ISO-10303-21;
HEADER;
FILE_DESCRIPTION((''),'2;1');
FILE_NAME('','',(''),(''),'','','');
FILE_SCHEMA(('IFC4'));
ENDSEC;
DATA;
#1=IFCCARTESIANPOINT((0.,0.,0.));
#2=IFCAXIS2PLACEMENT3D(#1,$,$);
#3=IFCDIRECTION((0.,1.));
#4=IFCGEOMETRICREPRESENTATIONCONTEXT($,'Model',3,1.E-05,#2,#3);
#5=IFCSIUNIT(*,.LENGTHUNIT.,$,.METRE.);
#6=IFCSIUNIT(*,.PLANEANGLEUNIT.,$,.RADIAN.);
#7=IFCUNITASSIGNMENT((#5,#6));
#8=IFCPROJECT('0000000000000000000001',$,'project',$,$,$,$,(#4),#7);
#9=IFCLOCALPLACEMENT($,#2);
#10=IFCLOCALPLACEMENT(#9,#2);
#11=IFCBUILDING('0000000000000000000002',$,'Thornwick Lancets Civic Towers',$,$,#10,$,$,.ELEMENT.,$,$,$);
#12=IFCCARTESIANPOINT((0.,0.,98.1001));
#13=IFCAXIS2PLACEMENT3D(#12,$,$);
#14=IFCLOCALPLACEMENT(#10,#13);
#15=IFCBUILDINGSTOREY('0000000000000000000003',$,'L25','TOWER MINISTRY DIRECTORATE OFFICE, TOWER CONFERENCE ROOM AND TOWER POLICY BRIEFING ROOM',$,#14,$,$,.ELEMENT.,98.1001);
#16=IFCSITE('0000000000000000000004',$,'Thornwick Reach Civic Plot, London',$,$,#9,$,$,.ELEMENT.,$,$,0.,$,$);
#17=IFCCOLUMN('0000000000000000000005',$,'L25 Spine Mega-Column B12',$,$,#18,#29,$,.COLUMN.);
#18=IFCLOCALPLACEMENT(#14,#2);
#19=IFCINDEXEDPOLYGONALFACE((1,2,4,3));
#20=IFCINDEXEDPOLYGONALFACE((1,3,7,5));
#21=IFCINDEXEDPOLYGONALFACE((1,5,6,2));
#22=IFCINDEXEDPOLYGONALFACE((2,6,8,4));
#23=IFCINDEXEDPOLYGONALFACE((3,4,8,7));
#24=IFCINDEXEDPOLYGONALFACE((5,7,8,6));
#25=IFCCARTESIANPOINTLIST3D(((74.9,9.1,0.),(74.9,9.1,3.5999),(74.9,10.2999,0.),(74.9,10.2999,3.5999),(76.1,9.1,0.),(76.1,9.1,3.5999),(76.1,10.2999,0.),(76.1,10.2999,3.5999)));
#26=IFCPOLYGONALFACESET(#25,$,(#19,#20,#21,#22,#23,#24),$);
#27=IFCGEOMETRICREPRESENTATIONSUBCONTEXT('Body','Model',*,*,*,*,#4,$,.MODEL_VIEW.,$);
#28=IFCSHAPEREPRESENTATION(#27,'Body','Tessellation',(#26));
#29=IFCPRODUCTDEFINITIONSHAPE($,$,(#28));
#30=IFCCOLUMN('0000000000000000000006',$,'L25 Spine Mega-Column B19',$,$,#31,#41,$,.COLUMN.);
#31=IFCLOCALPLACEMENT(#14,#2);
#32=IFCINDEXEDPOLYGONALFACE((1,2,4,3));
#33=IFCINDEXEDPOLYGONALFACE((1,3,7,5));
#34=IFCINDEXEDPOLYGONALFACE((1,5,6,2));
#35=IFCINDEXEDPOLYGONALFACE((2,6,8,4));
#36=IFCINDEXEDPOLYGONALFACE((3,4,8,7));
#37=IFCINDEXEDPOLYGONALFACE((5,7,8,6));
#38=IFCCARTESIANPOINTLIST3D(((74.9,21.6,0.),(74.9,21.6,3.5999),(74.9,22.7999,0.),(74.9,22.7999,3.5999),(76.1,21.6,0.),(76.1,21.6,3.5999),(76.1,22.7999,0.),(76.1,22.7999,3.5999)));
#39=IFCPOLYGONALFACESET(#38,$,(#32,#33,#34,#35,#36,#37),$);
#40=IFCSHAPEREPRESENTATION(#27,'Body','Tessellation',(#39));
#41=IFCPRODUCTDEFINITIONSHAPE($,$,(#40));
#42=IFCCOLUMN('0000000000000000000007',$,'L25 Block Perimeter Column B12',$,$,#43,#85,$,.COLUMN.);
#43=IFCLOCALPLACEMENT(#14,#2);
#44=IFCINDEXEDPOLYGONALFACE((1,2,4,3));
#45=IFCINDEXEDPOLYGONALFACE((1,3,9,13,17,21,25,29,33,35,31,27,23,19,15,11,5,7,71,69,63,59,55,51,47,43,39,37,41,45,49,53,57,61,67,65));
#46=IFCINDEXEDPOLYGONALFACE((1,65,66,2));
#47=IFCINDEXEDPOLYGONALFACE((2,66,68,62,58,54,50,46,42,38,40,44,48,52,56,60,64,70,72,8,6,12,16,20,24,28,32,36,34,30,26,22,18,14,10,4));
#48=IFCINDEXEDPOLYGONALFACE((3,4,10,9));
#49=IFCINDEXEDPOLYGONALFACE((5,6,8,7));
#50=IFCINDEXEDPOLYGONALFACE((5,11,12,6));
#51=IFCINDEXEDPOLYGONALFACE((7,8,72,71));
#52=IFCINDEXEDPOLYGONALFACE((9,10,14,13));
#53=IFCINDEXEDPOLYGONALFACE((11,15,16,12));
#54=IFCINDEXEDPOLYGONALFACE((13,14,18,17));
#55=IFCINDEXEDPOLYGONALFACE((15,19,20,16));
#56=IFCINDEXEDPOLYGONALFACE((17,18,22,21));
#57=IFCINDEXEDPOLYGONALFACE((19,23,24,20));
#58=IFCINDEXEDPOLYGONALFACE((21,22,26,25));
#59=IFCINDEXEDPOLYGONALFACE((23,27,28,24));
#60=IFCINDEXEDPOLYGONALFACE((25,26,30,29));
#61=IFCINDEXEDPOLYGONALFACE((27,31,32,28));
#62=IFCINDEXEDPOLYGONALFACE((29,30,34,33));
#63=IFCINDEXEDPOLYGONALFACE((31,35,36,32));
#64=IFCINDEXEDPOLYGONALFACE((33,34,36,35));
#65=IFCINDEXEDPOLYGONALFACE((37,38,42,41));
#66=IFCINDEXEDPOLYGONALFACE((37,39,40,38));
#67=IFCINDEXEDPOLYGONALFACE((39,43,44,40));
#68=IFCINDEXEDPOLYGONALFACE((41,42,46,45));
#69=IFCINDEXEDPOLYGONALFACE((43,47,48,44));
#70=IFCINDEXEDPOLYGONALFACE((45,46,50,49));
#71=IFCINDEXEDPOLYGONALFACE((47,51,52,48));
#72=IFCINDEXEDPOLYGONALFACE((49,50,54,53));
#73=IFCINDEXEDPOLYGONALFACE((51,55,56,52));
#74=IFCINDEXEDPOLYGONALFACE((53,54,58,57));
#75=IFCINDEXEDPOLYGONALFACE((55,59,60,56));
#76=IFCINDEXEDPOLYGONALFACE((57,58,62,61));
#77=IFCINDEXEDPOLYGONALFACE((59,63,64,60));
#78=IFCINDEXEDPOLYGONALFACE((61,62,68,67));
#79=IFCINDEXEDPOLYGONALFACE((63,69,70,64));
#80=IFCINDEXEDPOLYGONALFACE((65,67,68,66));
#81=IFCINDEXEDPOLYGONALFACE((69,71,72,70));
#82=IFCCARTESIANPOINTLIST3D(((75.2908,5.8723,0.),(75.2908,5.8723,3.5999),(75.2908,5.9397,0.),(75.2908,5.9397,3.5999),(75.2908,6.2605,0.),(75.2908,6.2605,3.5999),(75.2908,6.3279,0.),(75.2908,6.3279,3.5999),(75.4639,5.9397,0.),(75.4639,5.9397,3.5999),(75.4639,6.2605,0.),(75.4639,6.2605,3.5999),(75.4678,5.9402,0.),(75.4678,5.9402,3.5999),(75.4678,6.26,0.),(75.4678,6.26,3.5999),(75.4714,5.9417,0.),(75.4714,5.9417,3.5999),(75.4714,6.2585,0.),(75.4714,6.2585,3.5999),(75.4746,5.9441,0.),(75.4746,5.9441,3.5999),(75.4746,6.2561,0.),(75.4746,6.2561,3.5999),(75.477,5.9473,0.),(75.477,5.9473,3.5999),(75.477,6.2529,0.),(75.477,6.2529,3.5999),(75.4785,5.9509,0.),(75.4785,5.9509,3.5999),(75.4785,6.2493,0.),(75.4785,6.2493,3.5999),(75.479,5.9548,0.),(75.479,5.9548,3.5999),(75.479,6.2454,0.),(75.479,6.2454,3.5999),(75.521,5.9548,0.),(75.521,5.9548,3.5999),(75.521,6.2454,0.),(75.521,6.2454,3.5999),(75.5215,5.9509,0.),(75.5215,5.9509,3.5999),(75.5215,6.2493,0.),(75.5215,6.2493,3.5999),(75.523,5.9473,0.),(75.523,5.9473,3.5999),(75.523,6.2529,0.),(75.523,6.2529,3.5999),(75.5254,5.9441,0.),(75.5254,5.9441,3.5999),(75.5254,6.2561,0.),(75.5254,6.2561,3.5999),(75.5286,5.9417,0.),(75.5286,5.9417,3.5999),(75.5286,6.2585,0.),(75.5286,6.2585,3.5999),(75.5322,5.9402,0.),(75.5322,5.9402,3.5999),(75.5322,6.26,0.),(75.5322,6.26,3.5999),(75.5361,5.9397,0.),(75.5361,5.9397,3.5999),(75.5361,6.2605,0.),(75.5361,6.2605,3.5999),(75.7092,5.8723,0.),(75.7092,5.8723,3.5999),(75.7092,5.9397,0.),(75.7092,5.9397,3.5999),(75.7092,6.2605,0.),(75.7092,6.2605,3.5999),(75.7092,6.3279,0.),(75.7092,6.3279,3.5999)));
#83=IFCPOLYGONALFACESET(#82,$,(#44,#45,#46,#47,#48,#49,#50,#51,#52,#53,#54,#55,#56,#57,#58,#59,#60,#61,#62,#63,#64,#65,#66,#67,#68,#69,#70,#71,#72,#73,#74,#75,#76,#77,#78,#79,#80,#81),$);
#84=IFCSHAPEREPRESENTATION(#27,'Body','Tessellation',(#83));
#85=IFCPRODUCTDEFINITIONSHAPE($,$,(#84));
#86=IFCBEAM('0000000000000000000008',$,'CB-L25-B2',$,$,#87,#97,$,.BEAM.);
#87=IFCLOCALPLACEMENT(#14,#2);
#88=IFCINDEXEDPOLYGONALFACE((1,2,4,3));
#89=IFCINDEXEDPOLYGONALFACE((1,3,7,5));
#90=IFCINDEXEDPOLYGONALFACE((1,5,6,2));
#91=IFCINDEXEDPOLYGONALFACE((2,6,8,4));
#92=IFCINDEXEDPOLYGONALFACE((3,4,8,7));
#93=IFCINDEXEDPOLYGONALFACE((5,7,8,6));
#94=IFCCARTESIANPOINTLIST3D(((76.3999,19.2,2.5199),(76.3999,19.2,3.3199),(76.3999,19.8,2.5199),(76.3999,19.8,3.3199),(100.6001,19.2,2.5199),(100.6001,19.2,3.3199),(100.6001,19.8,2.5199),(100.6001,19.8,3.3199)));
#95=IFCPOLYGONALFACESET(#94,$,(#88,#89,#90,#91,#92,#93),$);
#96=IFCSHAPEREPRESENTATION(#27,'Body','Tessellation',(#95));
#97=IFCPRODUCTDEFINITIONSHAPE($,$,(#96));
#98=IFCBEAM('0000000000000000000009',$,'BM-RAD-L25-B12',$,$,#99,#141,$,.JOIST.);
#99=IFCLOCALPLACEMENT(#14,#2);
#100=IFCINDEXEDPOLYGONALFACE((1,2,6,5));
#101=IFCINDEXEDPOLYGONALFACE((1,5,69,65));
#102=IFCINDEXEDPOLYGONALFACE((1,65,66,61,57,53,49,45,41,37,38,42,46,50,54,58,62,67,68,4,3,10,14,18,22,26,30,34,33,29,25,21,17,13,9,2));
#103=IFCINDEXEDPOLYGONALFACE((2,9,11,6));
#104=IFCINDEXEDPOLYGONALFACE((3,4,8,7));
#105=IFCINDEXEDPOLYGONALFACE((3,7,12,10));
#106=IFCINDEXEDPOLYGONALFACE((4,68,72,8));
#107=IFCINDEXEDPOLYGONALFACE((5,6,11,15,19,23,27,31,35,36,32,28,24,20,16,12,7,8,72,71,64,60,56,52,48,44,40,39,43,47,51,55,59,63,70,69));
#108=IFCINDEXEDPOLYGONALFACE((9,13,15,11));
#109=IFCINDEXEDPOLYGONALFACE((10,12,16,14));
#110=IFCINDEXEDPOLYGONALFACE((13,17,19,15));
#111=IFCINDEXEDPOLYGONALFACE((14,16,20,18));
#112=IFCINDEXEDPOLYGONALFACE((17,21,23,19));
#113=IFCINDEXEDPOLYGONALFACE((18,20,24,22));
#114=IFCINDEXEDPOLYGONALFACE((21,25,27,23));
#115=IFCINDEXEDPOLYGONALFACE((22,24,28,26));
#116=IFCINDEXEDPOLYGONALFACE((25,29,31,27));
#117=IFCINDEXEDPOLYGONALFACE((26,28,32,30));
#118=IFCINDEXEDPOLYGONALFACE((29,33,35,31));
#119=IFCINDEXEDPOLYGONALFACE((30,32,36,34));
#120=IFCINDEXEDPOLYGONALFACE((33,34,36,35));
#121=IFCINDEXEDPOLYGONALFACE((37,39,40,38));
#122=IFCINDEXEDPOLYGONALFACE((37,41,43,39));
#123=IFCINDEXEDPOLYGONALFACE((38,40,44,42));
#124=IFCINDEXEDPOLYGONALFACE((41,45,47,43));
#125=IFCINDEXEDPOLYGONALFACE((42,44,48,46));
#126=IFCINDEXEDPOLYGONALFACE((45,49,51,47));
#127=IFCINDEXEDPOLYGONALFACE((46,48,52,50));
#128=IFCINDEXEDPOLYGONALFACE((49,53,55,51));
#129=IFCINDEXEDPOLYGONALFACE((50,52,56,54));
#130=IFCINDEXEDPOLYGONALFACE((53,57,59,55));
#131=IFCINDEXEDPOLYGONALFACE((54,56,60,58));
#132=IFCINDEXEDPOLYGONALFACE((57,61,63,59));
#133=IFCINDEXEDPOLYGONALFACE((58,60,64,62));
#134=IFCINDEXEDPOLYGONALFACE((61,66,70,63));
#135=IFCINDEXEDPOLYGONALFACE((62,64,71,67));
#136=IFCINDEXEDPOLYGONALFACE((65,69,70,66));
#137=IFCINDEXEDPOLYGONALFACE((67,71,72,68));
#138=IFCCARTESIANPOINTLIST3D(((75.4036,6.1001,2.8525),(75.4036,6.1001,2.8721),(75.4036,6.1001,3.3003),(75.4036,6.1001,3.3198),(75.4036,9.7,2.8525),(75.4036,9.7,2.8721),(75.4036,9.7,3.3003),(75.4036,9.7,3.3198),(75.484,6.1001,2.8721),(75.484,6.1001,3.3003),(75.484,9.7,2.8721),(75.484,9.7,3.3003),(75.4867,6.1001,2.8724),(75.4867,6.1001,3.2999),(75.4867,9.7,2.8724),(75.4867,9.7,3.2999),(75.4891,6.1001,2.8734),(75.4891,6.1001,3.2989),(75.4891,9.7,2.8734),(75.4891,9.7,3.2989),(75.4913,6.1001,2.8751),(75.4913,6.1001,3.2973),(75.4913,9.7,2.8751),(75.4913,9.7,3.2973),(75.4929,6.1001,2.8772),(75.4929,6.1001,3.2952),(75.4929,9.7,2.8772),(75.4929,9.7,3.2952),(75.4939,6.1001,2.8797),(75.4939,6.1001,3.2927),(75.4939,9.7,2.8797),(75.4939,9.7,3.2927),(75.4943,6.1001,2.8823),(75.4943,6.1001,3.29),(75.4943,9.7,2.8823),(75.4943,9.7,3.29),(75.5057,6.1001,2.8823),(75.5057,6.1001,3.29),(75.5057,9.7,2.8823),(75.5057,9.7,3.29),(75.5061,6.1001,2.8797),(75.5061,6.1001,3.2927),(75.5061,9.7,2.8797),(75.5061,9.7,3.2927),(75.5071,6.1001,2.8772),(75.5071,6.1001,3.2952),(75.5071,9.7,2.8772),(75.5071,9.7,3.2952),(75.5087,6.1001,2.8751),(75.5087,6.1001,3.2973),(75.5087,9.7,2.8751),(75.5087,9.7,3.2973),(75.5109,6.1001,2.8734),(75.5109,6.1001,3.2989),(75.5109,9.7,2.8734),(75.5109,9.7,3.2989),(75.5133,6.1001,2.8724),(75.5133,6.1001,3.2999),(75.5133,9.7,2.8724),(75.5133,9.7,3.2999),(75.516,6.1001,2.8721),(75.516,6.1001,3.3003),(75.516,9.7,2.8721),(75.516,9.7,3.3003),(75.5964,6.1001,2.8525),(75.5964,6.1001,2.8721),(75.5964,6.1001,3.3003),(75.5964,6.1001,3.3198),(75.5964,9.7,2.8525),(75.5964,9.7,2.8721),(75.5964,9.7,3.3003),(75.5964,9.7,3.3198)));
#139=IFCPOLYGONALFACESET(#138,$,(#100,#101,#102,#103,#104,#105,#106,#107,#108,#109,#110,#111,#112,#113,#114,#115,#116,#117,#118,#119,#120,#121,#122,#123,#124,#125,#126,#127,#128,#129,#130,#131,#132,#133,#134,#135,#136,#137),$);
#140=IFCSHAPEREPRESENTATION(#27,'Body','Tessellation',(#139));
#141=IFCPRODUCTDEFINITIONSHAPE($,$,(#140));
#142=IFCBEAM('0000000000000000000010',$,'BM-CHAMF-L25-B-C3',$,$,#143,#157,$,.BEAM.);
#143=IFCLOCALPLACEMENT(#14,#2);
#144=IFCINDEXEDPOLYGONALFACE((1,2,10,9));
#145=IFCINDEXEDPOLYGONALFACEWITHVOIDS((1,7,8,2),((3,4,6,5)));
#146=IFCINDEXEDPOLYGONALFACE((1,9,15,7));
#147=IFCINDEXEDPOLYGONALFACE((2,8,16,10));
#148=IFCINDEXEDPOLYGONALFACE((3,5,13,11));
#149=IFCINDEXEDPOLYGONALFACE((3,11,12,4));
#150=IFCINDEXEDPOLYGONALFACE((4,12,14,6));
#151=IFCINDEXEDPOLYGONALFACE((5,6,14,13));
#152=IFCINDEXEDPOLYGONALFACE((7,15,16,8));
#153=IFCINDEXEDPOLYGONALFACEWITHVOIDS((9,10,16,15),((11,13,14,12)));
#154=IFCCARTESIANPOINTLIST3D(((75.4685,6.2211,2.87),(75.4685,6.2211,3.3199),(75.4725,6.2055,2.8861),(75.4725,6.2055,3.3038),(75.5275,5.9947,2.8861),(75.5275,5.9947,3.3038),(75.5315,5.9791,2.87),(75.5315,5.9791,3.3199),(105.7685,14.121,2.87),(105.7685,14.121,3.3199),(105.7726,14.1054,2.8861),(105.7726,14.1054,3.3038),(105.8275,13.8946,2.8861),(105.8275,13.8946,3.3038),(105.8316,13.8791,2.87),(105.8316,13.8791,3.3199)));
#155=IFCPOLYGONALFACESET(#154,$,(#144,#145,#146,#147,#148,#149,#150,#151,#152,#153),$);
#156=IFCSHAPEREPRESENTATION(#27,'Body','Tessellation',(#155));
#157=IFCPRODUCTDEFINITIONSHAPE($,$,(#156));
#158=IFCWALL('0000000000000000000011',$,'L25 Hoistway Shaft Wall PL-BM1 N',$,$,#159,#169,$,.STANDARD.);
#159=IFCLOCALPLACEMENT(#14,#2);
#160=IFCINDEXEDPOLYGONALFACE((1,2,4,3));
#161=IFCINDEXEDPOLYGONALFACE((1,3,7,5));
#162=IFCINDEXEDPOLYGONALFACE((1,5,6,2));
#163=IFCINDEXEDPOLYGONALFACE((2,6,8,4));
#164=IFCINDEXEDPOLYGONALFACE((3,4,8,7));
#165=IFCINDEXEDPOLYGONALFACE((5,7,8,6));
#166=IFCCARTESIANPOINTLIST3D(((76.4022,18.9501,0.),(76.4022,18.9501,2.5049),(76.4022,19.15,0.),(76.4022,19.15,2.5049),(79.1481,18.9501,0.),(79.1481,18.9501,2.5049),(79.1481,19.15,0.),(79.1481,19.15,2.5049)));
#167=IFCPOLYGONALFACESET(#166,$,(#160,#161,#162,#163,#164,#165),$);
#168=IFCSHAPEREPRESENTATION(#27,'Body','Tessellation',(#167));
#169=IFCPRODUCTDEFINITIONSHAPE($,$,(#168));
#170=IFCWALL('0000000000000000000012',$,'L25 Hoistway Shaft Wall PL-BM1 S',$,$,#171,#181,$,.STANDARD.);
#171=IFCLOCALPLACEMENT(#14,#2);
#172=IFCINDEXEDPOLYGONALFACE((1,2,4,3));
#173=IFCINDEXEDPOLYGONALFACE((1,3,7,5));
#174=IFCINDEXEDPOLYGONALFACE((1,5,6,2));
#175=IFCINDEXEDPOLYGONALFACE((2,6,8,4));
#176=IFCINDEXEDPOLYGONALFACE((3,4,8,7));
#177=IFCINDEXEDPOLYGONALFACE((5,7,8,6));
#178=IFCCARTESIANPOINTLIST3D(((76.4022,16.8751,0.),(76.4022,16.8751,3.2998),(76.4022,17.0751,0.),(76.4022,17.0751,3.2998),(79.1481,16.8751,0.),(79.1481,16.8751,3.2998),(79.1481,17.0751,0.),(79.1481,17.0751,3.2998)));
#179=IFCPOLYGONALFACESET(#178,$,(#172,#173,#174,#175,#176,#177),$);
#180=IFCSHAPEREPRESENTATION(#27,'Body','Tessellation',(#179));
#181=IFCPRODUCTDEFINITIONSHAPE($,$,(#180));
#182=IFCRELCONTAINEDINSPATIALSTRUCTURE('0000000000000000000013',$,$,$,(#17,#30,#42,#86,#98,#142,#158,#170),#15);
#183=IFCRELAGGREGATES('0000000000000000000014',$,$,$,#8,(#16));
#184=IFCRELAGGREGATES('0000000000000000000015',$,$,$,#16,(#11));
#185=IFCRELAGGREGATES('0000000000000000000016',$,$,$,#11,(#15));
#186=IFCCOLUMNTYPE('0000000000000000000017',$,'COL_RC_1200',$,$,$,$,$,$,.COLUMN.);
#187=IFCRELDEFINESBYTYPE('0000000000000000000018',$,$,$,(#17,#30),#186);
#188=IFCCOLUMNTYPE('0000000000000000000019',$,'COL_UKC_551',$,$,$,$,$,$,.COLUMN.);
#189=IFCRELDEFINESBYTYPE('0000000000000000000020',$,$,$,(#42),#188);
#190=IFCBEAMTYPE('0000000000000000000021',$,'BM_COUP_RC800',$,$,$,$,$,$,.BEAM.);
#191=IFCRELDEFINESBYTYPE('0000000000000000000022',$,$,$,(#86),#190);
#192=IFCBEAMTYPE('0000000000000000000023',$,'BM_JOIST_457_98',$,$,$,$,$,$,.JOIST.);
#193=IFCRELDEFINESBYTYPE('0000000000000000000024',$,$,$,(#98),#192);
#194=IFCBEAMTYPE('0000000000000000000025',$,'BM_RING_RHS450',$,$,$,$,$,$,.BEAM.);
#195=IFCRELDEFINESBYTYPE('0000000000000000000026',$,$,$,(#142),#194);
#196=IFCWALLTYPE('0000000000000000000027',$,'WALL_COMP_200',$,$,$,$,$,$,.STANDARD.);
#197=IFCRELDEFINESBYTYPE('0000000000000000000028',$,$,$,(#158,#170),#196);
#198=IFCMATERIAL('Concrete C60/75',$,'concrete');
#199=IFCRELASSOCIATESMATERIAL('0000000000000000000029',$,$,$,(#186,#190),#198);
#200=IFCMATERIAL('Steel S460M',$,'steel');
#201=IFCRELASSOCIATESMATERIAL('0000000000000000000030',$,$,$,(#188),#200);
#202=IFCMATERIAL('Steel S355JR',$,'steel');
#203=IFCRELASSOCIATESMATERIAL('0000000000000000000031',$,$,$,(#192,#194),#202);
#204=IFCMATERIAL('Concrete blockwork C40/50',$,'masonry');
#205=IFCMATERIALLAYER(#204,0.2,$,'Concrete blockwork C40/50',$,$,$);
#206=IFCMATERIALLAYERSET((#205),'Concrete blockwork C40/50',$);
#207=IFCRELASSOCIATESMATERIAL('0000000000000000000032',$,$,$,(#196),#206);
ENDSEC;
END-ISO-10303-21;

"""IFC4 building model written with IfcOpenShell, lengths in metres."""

from ifc_helpers import new_model, si_unit, direction, frame, frame_2d, origin, origin_2d, place, context, subcontext, project, spatial, rectangle, hollow_rectangle, i_section, extrude, material, layer, layer_set, material_profile, profile_set, type_object, element, save


model = new_model("IFC4")

# Units and contexts
model_context = context("Model", 3, precision=1e-05, world=origin(), true_north=direction((0.0, 1.0)))
body_context = subcontext(model_context, "Body", "Model", "MODEL_VIEW")
ifc_project = project(units=[si_unit("LENGTHUNIT", "METRE"), si_unit("PLANEANGLEUNIT", "RADIAN")], contexts=[model_context])

# Site, building, storey
site_placement = place(None, origin())
site = spatial("IfcSite", under=ifc_project, at=site_placement, Name="Thornwick Reach Civic Plot, London", CompositionType="ELEMENT", RefElevation=0.0)
building_placement = place(site_placement, origin())
building = spatial("IfcBuilding", under=site, at=building_placement, Name="Thornwick Lancets Civic Towers", CompositionType="ELEMENT")
storey_placement = place(building_placement, frame((0.0, 0.0, 98.1001)))
storey = spatial("IfcBuildingStorey", under=building, at=storey_placement, Name="L25", Description="TOWER MINISTRY DIRECTORATE OFFICE, TOWER CONFERENCE ROOM AND TOWER POLICY BRIEFING ROOM", CompositionType="ELEMENT", Elevation=98.1001)

# Columns
ifc_material_1 = material(Name="Concrete C60/75", Category="concrete")
ifc_material_profile_1 = material_profile(ifc_material_1, rectangle(XDim=1.2, YDim=1.2, at=origin_2d()), Name="RC 1200x1200")
ifc_profile_set_1 = profile_set([ifc_material_profile_1], Name="Concrete C60/75")
column_type_1 = type_object("IfcColumnType", Name="COL_RC_1200", PredefinedType="COLUMN", material=ifc_profile_set_1)
for number, where, z_axis, x_axis, name in (
    (1, (75.5, 9.7, 0.0), (0.0, 0.0, 1.0), (1.0, 0.0, 0.0), "L25 Spine Mega-Column B12"),
    (2, (75.5, 22.2, 0.0), (0.0, 0.0, 1.0), (1.0, 0.0, 0.0), "L25 Spine Mega-Column B19"),
):
    element("IfcColumn", number, at=place(storey_placement, frame(where, z_axis=z_axis, x_axis=x_axis)), inside=storey, type_object=column_type_1, Name=name, PredefinedType="COLUMN", context=body_context, shape_type="SweptSolid", body=[
        extrude(rectangle(XDim=1.2, YDim=1.2, at=origin_2d()), origin(), (0.0, 0.0, 1.0), 3.5999),
    ])
ifc_material_2 = material(Name="Steel S460M", Category="steel")
ifc_material_profile_2 = material_profile(ifc_material_2, i_section(OverallWidth=0.4185, OverallDepth=0.4556, WebThickness=0.042, FlangeThickness=0.0674, FilletRadius=0.0151, at=origin_2d()), Name="UKC 356x406x551")
ifc_profile_set_2 = profile_set([ifc_material_profile_2], Name="Steel S460M")
column_type_2 = type_object("IfcColumnType", Name="COL_UKC_551", PredefinedType="COLUMN", material=ifc_profile_set_2)
column_placement = place(storey_placement, frame((75.5, 6.1001, 0.0), z_axis=(0.0, 0.0, 1.0), x_axis=(1.0, 0.0, 0.0)))
element("IfcColumn", 3, at=column_placement, inside=storey, type_object=column_type_2, Name="L25 Block Perimeter Column B12", PredefinedType="COLUMN", context=body_context, shape_type="SweptSolid", body=[
    extrude(i_section(OverallWidth=0.4185, OverallDepth=0.4556, WebThickness=0.042, FlangeThickness=0.0674, FilletRadius=0.0151, at=origin_2d()), origin(), (0.0, 0.0, 1.0), 3.5999),
])

# Beams
ifc_material_profile_3 = material_profile(ifc_material_1, rectangle(XDim=0.6001, YDim=0.8, at=origin_2d()), Name="RC 600x800")
ifc_profile_set_3 = profile_set([ifc_material_profile_3], Name="Concrete C60/75")
beam_type_1 = type_object("IfcBeamType", Name="BM_COUP_RC800", PredefinedType="BEAM", material=ifc_profile_set_3)
beam_1_placement = place(storey_placement, frame((76.3999, 19.5, 2.9199), z_axis=(1.0, 0.0, 0.0), x_axis=(0.0, 1.0, 0.0)))
element("IfcBeam", 4, at=beam_1_placement, inside=storey, type_object=beam_type_1, Name="CB-L25-B2", PredefinedType="BEAM", context=body_context, shape_type="SweptSolid", body=[
    extrude(rectangle(XDim=0.6001, YDim=0.8, at=origin_2d()), origin(), (0.0, 0.0, 1.0), 24.2002),
])
ifc_material_3 = material(Name="Steel S355JR", Category="steel")
ifc_material_profile_4 = material_profile(ifc_material_3, i_section(OverallWidth=0.1929, OverallDepth=0.4673, WebThickness=0.0115, FlangeThickness=0.0195, FilletRadius=0.0103, at=origin_2d()), Name="UKB 457x191x98")
ifc_profile_set_4 = profile_set([ifc_material_profile_4], Name="Steel S355JR")
beam_type_2 = type_object("IfcBeamType", Name="BM_JOIST_457_98", PredefinedType="JOIST", material=ifc_profile_set_4)
beam_2_placement = place(storey_placement, frame((75.5, 9.7, 3.0862), z_axis=(0.0, -1.0, 0.0), x_axis=(1.0, 0.0, 0.0)))
element("IfcBeam", 5, at=beam_2_placement, inside=storey, type_object=beam_type_2, Name="BM-RAD-L25-B12", PredefinedType="JOIST", context=body_context, shape_type="SweptSolid", body=[
    extrude(i_section(OverallWidth=0.1929, OverallDepth=0.4673, WebThickness=0.0115, FlangeThickness=0.0195, FilletRadius=0.0103, at=origin_2d()), origin(), (0.0, 0.0, 1.0), 3.5999),
])
ifc_material_profile_5 = material_profile(ifc_material_3, hollow_rectangle(XDim=0.25, YDim=0.45, WallThickness=0.0161, at=origin_2d()), Name="RHS 450x250x16")
ifc_profile_set_5 = profile_set([ifc_material_profile_5], Name="Steel S355JR")
beam_type_3 = type_object("IfcBeamType", Name="BM_RING_RHS450", PredefinedType="BEAM", material=ifc_profile_set_5)
beam_3_placement = place(storey_placement, frame((75.5, 6.1001, 3.095), z_axis=(0.967652, 0.252289, 0.0), x_axis=(-0.252289, 0.967652, 0.0)))
element("IfcBeam", 6, at=beam_3_placement, inside=storey, type_object=beam_type_3, Name="BM-CHAMF-L25-B-C3", PredefinedType="BEAM", context=body_context, shape_type="SweptSolid", body=[
    extrude(hollow_rectangle(XDim=0.25, YDim=0.45, WallThickness=0.0161, at=origin_2d()), origin(), (0.0, 0.0, 1.0), 31.313),
])

# Walls
ifc_material_4 = material(Name="Concrete blockwork C40/50", Category="masonry")
ifc_layer_1 = layer(ifc_material_4, 0.2, Name="Concrete blockwork C40/50")
ifc_layer_set_1 = layer_set([ifc_layer_1], Name="Concrete blockwork C40/50")
wall_type_1 = type_object("IfcWallType", Name="WALL_COMP_200", PredefinedType="STANDARD", material=ifc_layer_set_1)
wall_1_placement = place(storey_placement, frame((76.4021, 19.05, 0.0), z_axis=(0.0, 0.0, 1.0), x_axis=(1.0, 0.0, 0.0)))
element("IfcWall", 7, at=wall_1_placement, inside=storey, type_object=wall_type_1, Name="L25 Hoistway Shaft Wall PL-BM1 N", PredefinedType="STANDARD", context=body_context, shape_type="SweptSolid", body=[
    extrude(rectangle(XDim=2.7458, YDim=0.2, at=frame_2d((1.373, 0.0))), origin(), (0.0, 0.0, 1.0), 2.5049),
])
wall_2_placement = place(storey_placement, frame((76.4021, 16.9751, 0.0), z_axis=(0.0, 0.0, 1.0), x_axis=(1.0, 0.0, 0.0)))
element("IfcWall", 8, at=wall_2_placement, inside=storey, type_object=wall_type_1, Name="L25 Hoistway Shaft Wall PL-BM1 S", PredefinedType="STANDARD", context=body_context, shape_type="SweptSolid", body=[
    extrude(rectangle(XDim=2.7458, YDim=0.2, at=frame_2d((1.373, 0.0))), origin(), (0.0, 0.0, 1.0), 3.2998),
])

save(model, "model.ifc")
